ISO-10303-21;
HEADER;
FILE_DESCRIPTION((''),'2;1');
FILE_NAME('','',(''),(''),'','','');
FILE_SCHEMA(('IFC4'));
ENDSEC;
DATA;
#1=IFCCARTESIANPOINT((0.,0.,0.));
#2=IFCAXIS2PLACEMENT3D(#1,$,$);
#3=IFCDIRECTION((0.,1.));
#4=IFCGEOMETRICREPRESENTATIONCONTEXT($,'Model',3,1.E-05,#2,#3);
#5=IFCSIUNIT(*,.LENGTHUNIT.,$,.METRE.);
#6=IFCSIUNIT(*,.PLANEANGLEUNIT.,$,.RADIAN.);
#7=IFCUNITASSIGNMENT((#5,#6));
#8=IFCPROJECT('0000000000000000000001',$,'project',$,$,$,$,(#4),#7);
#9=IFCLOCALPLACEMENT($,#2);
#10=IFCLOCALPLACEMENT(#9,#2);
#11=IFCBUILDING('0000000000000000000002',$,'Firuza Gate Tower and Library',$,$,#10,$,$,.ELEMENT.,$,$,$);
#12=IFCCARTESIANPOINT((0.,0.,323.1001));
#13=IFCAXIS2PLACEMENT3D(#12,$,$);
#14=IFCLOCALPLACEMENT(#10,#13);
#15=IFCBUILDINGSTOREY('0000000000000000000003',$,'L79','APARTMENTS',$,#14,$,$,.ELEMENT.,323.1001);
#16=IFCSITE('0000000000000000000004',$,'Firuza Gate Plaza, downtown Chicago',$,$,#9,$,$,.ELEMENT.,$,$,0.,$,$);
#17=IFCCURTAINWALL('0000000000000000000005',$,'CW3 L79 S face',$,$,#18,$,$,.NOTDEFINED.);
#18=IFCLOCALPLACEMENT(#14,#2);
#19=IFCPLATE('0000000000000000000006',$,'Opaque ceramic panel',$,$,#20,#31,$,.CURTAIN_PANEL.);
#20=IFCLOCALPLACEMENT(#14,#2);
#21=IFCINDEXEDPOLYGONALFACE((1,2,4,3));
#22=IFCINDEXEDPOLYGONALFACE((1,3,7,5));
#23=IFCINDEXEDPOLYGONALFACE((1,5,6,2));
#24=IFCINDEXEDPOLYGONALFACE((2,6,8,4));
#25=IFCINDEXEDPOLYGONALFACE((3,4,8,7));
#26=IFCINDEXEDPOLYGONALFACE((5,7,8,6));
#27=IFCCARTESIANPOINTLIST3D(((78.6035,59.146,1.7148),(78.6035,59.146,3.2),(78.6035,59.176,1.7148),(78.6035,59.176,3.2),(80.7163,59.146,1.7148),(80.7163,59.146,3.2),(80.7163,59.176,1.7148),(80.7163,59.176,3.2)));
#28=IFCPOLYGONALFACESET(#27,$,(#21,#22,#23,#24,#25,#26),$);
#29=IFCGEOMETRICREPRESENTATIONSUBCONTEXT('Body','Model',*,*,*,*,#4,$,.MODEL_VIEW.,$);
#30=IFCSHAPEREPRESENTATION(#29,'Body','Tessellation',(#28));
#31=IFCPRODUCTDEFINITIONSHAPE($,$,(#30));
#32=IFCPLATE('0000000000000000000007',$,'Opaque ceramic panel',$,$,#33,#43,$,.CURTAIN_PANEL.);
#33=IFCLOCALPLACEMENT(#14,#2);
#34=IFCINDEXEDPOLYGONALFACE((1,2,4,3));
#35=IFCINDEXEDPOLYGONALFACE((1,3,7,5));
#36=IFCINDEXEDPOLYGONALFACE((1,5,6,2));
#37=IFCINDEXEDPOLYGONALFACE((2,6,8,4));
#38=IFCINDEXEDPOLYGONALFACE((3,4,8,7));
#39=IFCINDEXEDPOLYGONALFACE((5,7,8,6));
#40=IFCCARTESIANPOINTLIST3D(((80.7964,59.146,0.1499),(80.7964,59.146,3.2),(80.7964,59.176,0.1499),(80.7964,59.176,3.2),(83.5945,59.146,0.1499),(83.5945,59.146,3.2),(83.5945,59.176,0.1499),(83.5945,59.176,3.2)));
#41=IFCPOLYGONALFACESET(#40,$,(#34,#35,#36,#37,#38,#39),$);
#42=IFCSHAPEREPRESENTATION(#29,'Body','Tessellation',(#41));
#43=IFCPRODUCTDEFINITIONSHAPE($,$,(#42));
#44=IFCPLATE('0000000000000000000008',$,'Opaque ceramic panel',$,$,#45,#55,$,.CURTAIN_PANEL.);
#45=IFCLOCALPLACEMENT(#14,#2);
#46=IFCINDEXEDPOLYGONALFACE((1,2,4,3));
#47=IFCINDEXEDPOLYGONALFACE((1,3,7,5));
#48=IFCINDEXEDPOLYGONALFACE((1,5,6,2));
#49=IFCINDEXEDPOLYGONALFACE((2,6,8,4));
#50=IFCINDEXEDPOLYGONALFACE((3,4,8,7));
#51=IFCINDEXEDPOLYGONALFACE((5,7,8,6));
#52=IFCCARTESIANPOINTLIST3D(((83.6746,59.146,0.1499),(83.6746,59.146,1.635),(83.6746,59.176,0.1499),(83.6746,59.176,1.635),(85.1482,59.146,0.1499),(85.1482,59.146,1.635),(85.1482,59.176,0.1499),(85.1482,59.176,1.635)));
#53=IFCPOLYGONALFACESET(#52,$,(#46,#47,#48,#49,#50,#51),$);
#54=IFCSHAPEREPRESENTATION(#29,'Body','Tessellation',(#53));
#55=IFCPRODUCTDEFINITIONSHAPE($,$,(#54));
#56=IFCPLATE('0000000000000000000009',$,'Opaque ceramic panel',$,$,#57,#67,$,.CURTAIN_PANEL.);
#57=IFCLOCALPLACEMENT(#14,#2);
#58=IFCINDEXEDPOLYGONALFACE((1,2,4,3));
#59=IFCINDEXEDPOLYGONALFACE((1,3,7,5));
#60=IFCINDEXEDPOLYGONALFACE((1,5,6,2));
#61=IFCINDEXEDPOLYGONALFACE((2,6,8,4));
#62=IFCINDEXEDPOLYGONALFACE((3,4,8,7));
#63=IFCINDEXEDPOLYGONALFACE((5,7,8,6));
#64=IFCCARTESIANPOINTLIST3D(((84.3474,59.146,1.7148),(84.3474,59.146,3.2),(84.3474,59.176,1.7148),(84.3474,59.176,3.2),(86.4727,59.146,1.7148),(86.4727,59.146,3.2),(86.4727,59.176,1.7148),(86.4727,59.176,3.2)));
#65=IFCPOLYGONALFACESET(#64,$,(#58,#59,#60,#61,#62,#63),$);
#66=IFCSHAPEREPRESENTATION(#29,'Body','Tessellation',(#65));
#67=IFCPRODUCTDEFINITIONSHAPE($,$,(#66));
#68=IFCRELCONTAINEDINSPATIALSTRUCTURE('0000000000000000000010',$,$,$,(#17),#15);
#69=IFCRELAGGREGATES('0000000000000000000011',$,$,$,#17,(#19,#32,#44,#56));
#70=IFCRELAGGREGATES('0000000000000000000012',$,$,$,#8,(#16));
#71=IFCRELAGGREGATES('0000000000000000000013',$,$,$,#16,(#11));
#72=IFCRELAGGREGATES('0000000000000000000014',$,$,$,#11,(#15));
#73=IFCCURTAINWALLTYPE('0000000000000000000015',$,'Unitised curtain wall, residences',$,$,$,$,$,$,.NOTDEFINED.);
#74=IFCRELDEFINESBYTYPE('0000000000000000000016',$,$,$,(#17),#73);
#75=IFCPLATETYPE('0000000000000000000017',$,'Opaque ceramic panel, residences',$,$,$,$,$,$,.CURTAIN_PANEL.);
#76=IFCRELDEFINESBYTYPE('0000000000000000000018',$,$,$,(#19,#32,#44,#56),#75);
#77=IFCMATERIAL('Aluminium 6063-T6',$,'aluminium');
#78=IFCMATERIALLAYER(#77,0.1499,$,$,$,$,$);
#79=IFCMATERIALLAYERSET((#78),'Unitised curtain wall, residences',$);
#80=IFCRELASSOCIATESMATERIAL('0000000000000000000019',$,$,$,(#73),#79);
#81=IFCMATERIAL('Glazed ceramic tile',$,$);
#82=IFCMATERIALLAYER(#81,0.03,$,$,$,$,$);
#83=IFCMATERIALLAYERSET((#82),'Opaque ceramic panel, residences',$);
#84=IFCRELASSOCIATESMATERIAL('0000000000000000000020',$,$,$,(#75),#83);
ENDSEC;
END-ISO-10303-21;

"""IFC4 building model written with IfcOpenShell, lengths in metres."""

from ifc_helpers import new_model, si_unit, direction, frame, origin, place, context, subcontext, project, spatial, polyline, outline, extrude, material, layer, layer_set, type_object, element, aggregate, save


model = new_model("IFC4")

# Units and contexts
model_context = context("Model", 3, precision=1e-05, world=origin(), true_north=direction((0.0, 1.0)))
body_context = subcontext(model_context, "Body", "Model", "MODEL_VIEW")
ifc_project = project(units=[si_unit("LENGTHUNIT", "METRE"), si_unit("PLANEANGLEUNIT", "RADIAN")], contexts=[model_context])

# Site, building, storey
site_placement = place(None, origin())
site = spatial("IfcSite", under=ifc_project, at=site_placement, Name="Firuza Gate Plaza, downtown Chicago", CompositionType="ELEMENT", RefElevation=0.0)
building_placement = place(site_placement, origin())
building = spatial("IfcBuilding", under=site, at=building_placement, Name="Firuza Gate Tower and Library", CompositionType="ELEMENT")
storey_placement = place(building_placement, frame((0.0, 0.0, 323.1001)))
storey = spatial("IfcBuildingStorey", under=building, at=storey_placement, Name="L79", Description="APARTMENTS", CompositionType="ELEMENT", Elevation=323.1001)

# Curtain wall, plates
ifc_material_1 = material(Name="Aluminium 6063-T6", Category="aluminium")
ifc_layer_1 = layer(ifc_material_1, 0.1499)
ifc_layer_set_1 = layer_set([ifc_layer_1], Name="Unitised curtain wall, residences")
curtain_wall_type = type_object("IfcCurtainWallType", Name="Unitised curtain wall, residences", PredefinedType="NOTDEFINED", material=ifc_layer_set_1)
curtain_wall_placement = place(storey_placement, origin())
curtain_wall = element("IfcCurtainWall", 1, at=curtain_wall_placement, inside=storey, type_object=curtain_wall_type, Name="CW3 L79 S face", PredefinedType="NOTDEFINED")
ifc_material_2 = material(Name="Glazed ceramic tile")
ifc_layer_2 = layer(ifc_material_2, 0.03)
ifc_layer_set_2 = layer_set([ifc_layer_2], Name="Opaque ceramic panel, residences")
plate_type_1 = type_object("IfcPlateType", Name="Opaque ceramic panel, residences", PredefinedType="CURTAIN_PANEL", material=ifc_layer_set_2)
plate_1_placement = place(storey_placement, frame((78.6035, 59.146, 1.7148), z_axis=(0.0, -1.0, 0.0), x_axis=(1.0, 0.0, 0.0)))
plate_1 = element("IfcPlate", 2, at=plate_1_placement, type_object=plate_type_1, Name="Opaque ceramic panel", PredefinedType="CURTAIN_PANEL", context=body_context, shape_type="SweptSolid", body=[
    extrude(outline(polyline([(0.0, 0.0), (2.1128, 0.0), (2.1128, 1.4851), (0.0, 1.4851), (0.0, 0.0)])), origin(), (0.0, 0.0, -1.0), 0.03),
])
plate_2_placement = place(storey_placement, frame((80.7964, 59.146, 0.1499), z_axis=(0.0, -1.0, 0.0), x_axis=(1.0, 0.0, 0.0)))
plate_2 = element("IfcPlate", 3, at=plate_2_placement, type_object=plate_type_1, Name="Opaque ceramic panel", PredefinedType="CURTAIN_PANEL", context=body_context, shape_type="SweptSolid", body=[
    extrude(outline(polyline([(0.0, 0.0), (2.7981, 0.0), (2.7981, 3.05), (0.0, 3.05), (0.0, 0.0)])), origin(), (0.0, 0.0, -1.0), 0.03),
])
plate_3_placement = place(storey_placement, frame((83.6746, 59.146, 0.1499), z_axis=(0.0, -1.0, 0.0), x_axis=(1.0, 0.0, 0.0)))
plate_3 = element("IfcPlate", 4, at=plate_3_placement, type_object=plate_type_1, Name="Opaque ceramic panel", PredefinedType="CURTAIN_PANEL", context=body_context, shape_type="SweptSolid", body=[
    extrude(outline(polyline([(0.0, 0.0), (1.4736, 0.0), (1.4736, 1.4851), (0.0, 1.4851), (0.0, 0.0)])), origin(), (0.0, 0.0, -1.0), 0.03),
])
plate_4_placement = place(storey_placement, frame((84.3474, 59.146, 1.7148), z_axis=(0.0, -1.0, 0.0), x_axis=(1.0, 0.0, 0.0)))
plate_4 = element("IfcPlate", 5, at=plate_4_placement, type_object=plate_type_1, Name="Opaque ceramic panel", PredefinedType="CURTAIN_PANEL", context=body_context, shape_type="SweptSolid", body=[
    extrude(outline(polyline([(0.0, 0.0), (2.1252, 0.0), (2.1252, 1.4851), (0.0, 1.4851), (0.0, 0.0)])), origin(), (0.0, 0.0, -1.0), 0.03),
])
aggregate(curtain_wall, [plate_1, plate_2, plate_3, plate_4])

save(model, "model.ifc")
